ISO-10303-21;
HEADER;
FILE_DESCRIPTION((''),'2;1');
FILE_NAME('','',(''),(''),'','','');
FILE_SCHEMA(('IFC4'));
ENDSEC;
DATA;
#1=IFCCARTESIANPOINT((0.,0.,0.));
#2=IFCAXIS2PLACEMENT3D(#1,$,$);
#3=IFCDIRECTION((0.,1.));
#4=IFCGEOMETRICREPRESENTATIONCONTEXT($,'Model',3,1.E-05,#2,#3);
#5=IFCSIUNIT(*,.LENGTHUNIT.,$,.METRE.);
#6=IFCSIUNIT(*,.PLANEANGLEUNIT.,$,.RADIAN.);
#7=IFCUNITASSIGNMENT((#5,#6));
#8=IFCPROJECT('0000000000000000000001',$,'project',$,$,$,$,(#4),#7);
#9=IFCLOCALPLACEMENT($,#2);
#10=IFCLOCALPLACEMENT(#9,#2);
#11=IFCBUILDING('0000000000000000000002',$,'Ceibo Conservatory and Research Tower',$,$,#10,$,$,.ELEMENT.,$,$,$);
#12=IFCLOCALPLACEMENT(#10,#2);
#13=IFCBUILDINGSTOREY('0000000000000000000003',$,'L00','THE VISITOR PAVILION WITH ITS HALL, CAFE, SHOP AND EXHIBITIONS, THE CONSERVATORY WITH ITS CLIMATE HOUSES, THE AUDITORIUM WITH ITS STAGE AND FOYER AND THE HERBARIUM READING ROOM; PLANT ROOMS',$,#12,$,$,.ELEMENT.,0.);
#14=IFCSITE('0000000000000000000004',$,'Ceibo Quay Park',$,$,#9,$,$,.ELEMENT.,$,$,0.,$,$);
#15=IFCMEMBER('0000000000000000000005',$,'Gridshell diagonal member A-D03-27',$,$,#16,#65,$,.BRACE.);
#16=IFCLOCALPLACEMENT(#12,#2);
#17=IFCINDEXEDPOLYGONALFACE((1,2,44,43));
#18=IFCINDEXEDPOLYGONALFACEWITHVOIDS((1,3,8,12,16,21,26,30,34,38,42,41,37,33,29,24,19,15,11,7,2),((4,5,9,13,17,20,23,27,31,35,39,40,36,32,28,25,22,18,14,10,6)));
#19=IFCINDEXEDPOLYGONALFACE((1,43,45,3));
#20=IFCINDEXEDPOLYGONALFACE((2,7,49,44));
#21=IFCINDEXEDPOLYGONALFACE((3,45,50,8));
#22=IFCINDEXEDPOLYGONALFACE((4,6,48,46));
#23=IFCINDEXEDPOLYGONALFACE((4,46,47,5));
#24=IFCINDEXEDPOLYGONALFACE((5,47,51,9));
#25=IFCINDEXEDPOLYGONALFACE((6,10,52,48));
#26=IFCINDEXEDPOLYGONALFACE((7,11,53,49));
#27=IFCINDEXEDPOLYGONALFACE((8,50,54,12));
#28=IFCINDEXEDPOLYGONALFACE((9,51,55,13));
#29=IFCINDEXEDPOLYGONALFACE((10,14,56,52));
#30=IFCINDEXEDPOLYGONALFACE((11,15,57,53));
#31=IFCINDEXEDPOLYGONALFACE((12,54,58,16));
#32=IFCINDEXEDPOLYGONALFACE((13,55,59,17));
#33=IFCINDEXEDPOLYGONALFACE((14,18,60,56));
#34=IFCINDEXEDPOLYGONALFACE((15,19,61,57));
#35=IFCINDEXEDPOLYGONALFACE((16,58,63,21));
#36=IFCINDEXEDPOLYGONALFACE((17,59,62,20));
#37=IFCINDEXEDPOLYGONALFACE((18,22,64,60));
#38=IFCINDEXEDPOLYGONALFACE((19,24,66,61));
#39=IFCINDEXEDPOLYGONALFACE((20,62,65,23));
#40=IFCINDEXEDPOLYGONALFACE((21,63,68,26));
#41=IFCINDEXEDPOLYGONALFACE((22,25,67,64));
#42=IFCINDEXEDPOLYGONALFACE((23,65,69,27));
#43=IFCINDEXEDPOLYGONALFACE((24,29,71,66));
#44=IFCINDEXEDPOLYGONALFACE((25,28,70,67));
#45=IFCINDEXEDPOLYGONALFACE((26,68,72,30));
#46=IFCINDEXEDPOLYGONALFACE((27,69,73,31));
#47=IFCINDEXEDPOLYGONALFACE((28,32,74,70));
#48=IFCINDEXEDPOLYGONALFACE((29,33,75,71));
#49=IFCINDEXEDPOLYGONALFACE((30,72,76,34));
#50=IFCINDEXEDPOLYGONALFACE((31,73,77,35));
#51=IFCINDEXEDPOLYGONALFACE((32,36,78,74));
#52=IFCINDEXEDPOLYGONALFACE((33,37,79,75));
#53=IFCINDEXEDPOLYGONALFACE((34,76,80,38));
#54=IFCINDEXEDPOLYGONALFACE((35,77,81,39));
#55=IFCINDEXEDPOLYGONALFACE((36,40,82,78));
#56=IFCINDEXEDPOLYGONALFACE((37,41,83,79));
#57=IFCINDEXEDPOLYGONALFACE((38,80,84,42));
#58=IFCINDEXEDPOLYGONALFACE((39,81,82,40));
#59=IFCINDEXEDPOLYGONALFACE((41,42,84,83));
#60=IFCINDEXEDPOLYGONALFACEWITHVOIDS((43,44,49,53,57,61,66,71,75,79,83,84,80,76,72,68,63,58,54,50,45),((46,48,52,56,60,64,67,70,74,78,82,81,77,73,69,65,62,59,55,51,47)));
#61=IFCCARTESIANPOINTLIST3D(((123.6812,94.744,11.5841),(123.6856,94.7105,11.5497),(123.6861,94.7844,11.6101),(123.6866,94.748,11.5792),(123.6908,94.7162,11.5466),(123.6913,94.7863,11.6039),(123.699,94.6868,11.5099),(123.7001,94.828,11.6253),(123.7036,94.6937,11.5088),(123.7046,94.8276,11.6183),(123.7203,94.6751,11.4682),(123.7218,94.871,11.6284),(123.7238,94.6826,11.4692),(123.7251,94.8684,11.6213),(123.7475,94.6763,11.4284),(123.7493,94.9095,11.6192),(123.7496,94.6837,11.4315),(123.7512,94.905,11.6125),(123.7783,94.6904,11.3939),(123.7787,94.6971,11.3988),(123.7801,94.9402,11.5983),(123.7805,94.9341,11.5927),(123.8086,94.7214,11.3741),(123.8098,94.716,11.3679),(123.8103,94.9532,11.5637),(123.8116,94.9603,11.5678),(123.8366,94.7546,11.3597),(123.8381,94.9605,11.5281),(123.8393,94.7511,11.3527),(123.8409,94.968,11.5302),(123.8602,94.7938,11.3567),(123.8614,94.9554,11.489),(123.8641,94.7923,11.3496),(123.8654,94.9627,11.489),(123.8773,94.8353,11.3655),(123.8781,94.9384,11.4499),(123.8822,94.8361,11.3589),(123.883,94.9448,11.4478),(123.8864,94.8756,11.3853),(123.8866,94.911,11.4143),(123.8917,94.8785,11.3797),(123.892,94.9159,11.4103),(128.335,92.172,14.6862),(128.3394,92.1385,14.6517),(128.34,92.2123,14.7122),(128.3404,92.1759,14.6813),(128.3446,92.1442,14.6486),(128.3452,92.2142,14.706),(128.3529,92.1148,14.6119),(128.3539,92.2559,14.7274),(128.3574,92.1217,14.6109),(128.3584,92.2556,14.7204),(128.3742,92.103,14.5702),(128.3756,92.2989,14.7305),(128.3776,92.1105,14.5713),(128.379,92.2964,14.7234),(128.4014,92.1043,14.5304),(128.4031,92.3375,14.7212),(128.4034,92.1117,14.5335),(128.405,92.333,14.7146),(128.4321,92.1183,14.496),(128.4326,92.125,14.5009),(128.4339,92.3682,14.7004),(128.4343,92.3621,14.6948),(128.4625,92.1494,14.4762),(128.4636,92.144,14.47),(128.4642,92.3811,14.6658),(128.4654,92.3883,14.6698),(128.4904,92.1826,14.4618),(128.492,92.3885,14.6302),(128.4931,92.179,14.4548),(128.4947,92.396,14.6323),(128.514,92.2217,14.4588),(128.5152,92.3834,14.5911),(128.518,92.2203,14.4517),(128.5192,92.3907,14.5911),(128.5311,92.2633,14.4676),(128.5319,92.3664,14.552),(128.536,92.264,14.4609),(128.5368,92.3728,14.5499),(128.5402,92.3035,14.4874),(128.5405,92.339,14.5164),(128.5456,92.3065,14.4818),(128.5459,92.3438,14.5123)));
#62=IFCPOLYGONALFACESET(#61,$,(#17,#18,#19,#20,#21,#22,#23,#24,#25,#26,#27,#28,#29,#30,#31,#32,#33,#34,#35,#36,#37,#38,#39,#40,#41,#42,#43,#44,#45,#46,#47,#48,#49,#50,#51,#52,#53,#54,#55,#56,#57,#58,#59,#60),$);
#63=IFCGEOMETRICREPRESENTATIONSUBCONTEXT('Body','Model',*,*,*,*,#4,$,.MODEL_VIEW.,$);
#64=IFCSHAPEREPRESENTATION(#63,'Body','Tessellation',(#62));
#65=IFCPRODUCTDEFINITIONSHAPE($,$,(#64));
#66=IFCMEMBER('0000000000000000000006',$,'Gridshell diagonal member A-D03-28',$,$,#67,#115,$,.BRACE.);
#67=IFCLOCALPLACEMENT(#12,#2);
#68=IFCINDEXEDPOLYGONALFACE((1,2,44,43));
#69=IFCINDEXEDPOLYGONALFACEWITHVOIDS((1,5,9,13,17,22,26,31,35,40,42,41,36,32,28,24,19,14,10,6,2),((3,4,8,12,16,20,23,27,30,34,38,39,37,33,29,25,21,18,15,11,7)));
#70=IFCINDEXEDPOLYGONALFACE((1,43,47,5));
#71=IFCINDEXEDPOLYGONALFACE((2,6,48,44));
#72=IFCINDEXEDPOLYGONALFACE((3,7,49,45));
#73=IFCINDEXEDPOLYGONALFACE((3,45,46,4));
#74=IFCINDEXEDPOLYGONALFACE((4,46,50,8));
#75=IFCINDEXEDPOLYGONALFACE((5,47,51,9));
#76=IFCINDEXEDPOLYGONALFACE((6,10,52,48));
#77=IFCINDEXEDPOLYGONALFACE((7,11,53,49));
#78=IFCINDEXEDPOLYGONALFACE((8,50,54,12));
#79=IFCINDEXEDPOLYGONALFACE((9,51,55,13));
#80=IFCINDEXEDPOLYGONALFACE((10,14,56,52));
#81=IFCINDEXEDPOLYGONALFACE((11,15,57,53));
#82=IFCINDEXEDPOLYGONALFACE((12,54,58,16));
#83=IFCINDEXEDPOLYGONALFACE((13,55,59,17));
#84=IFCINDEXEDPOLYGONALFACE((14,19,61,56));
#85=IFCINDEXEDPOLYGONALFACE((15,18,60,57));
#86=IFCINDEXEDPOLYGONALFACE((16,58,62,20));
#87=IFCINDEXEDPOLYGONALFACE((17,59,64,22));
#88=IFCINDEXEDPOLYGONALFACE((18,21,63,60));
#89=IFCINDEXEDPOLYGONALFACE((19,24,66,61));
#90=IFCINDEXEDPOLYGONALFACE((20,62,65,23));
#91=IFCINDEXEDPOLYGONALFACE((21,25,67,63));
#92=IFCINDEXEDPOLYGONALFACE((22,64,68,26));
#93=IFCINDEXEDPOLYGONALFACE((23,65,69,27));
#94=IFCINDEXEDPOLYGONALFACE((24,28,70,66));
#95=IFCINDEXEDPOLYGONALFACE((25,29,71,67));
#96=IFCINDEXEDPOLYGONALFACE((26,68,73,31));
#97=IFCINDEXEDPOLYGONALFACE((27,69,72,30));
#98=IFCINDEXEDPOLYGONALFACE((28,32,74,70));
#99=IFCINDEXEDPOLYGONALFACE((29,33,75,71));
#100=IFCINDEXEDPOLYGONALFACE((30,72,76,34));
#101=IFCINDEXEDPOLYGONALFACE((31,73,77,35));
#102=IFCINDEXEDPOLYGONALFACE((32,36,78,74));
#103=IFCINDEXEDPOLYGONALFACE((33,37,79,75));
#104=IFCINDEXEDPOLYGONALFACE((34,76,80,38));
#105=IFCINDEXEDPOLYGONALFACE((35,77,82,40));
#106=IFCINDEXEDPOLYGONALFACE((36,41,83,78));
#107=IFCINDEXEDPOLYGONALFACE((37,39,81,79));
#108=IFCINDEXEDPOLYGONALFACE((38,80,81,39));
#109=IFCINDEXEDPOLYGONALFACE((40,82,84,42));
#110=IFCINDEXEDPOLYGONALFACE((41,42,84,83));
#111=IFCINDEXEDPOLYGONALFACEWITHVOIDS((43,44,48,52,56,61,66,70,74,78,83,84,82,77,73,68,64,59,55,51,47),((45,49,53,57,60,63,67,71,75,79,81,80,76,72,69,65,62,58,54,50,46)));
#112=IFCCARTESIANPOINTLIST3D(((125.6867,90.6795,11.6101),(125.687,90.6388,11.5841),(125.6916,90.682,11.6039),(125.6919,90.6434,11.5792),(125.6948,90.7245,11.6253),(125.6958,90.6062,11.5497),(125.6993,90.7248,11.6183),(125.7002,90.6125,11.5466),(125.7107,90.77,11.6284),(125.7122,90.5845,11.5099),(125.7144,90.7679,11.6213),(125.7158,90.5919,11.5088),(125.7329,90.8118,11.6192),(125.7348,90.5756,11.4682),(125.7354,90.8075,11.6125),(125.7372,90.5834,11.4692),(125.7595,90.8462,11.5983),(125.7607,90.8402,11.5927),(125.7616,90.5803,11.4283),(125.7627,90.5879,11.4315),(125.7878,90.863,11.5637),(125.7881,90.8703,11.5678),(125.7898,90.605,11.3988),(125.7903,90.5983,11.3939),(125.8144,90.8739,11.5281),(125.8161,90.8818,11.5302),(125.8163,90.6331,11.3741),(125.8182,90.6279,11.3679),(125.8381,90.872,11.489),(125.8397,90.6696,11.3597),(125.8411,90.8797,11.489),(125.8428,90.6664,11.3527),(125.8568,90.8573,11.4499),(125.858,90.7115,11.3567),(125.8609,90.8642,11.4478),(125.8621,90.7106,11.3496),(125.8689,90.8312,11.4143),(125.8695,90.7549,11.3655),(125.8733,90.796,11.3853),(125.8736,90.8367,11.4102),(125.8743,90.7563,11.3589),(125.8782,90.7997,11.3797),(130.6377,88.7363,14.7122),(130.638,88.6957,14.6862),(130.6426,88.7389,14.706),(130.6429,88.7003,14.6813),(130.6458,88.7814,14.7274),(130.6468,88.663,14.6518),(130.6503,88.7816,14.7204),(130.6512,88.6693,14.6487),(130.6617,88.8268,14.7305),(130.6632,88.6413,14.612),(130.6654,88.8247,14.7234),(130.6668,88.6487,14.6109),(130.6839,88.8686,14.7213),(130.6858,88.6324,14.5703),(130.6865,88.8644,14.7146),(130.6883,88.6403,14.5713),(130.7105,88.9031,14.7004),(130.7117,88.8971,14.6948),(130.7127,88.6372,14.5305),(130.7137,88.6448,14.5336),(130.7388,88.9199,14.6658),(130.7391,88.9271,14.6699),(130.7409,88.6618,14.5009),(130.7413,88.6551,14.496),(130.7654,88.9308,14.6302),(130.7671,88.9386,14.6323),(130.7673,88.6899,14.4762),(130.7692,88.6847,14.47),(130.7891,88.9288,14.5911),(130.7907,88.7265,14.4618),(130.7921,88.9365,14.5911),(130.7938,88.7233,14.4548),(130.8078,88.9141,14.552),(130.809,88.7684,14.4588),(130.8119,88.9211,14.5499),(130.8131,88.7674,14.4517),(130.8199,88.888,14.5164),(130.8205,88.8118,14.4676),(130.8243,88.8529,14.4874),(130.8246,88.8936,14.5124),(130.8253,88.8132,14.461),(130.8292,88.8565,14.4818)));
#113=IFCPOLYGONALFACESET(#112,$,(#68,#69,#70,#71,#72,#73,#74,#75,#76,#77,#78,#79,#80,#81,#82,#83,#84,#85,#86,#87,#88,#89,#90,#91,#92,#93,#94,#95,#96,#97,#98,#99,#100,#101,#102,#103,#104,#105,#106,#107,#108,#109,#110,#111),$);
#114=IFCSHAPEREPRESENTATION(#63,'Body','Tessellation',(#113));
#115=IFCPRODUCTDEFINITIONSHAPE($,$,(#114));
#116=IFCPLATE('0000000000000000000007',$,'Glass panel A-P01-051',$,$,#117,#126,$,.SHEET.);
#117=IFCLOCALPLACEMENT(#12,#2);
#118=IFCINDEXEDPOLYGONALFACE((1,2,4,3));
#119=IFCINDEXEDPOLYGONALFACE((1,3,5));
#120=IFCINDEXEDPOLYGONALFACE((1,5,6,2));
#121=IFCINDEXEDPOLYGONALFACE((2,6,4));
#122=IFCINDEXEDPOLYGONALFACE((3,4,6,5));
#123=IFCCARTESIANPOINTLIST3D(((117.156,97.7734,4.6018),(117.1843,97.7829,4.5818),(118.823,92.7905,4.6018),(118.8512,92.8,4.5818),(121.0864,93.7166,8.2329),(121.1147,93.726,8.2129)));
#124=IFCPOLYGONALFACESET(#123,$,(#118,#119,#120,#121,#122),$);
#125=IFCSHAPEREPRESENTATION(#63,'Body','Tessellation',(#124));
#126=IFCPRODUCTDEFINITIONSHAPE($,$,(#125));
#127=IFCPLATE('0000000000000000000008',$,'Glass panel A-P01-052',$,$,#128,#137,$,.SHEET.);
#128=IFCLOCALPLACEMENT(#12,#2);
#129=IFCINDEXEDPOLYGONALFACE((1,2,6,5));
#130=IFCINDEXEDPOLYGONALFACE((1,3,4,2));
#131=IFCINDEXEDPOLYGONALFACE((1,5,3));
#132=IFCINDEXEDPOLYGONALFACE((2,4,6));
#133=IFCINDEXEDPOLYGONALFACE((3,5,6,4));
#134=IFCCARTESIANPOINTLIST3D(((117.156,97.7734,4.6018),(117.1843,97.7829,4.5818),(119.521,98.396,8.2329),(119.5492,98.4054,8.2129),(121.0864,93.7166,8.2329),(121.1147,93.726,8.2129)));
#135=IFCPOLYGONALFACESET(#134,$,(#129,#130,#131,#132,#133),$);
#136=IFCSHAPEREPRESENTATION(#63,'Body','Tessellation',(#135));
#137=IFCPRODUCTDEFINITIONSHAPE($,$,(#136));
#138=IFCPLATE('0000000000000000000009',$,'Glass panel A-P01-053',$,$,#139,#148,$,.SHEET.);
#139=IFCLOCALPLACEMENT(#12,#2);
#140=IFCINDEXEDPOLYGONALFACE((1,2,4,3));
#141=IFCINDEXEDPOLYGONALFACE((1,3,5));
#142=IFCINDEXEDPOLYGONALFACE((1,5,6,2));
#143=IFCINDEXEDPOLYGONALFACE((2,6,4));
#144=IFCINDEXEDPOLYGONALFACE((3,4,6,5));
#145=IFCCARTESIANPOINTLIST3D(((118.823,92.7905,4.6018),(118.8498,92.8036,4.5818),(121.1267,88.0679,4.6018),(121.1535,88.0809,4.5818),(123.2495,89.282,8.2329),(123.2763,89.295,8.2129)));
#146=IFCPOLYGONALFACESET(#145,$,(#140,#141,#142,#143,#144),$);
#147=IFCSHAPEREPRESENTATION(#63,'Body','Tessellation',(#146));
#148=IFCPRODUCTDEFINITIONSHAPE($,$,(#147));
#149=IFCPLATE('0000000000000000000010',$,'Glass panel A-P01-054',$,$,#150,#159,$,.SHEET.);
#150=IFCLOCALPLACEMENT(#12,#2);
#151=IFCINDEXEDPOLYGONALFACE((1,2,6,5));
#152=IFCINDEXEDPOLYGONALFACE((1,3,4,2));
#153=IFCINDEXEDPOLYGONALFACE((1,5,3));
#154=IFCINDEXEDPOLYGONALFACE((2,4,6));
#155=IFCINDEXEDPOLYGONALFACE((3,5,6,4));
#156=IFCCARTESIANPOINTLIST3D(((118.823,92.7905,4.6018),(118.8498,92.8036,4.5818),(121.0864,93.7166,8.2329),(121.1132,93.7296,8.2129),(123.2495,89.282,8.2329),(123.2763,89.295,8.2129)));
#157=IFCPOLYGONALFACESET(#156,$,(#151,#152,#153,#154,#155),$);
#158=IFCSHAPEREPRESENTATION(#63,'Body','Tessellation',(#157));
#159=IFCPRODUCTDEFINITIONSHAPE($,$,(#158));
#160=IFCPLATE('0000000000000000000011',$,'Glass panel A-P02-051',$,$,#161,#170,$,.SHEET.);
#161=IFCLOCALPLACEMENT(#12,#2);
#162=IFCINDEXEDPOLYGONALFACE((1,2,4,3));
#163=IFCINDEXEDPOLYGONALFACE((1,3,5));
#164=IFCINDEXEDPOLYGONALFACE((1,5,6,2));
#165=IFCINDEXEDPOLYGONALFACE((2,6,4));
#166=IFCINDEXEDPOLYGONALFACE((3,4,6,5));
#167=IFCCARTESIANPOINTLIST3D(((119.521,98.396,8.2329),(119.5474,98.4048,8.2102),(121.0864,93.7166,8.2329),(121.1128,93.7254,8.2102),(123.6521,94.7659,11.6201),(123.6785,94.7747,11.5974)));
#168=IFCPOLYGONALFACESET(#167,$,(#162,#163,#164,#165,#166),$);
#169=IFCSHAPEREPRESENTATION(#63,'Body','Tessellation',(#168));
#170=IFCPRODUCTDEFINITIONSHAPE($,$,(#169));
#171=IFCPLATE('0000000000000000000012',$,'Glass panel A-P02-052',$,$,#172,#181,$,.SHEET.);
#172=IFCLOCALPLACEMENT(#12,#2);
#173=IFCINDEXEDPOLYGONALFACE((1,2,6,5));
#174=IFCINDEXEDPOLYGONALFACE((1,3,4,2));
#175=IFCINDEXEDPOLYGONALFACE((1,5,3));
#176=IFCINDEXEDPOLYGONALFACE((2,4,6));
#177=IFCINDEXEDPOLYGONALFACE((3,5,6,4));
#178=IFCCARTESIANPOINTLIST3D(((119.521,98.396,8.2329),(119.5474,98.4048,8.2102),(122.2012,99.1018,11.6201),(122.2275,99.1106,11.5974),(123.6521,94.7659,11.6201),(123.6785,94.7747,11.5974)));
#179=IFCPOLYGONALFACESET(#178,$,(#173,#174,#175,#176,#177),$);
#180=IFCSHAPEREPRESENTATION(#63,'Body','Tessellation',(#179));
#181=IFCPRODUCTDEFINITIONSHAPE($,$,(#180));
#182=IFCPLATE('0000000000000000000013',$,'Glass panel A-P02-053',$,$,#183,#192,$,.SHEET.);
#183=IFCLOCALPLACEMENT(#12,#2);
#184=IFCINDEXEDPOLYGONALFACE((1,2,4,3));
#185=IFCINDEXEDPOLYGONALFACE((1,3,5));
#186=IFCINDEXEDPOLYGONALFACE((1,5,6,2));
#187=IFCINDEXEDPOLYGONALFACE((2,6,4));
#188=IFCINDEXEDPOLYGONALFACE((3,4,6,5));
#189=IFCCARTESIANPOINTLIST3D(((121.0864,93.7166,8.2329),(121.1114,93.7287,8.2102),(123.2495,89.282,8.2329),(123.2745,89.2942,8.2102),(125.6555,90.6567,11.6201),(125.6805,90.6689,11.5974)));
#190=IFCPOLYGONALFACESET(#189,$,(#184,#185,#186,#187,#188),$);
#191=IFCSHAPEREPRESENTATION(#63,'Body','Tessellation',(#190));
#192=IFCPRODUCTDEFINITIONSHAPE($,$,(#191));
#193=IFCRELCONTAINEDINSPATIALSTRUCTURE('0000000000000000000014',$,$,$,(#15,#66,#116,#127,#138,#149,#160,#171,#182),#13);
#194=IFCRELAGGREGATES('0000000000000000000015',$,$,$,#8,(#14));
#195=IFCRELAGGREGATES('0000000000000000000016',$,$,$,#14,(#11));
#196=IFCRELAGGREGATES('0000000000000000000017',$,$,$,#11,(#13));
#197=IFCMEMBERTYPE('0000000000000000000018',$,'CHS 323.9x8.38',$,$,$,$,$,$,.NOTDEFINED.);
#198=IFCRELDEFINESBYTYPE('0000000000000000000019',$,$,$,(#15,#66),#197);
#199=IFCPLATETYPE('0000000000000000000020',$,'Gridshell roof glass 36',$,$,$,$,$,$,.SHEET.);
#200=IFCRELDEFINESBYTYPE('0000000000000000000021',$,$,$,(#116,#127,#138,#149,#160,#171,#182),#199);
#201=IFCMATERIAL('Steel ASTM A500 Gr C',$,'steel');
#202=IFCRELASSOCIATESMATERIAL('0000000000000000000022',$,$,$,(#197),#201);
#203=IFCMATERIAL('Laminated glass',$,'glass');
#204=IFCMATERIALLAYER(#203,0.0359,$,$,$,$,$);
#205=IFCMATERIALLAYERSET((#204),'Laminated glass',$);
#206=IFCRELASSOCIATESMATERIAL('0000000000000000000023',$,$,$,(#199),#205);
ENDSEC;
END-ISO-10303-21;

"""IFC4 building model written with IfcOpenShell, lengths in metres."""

from ifc_helpers import new_model, si_unit, direction, frame, origin, origin_2d, place, context, subcontext, project, spatial, polyline, hollow_circle, outline, extrude, material, layer, layer_set, material_profile, profile_set, type_object, element, save


model = new_model("IFC4")

# Units and contexts
model_context = context("Model", 3, precision=1e-05, world=origin(), true_north=direction((0.0, 1.0)))
body_context = subcontext(model_context, "Body", "Model", "MODEL_VIEW")
ifc_project = project(units=[si_unit("LENGTHUNIT", "METRE"), si_unit("PLANEANGLEUNIT", "RADIAN")], contexts=[model_context])

# Site, building, storey
site_placement = place(None, origin())
site = spatial("IfcSite", under=ifc_project, at=site_placement, Name="Ceibo Quay Park", CompositionType="ELEMENT", RefElevation=0.0)
building_placement = place(site_placement, origin())
building = spatial("IfcBuilding", under=site, at=building_placement, Name="Ceibo Conservatory and Research Tower", CompositionType="ELEMENT")
storey_placement = place(building_placement, origin())
storey = spatial("IfcBuildingStorey", under=building, at=storey_placement, Name="L00", Description="THE VISITOR PAVILION WITH ITS HALL, CAFE, SHOP AND EXHIBITIONS, THE CONSERVATORY WITH ITS CLIMATE HOUSES, THE AUDITORIUM WITH ITS STAGE AND FOYER AND THE HERBARIUM READING ROOM; PLANT ROOMS", CompositionType="ELEMENT", Elevation=0.0)

# Members
ifc_material_1 = material(Name="Steel ASTM A500 Gr C", Category="steel")
ifc_material_profile_1 = material_profile(ifc_material_1, hollow_circle(Radius=0.1619, WallThickness=0.0083, at=origin_2d()), Name="CHS 323.9x8.38")
ifc_profile_set_1 = profile_set([ifc_material_profile_1], Name="Steel ASTM A500 Gr C")
member_type_1 = type_object("IfcMemberType", Name="CHS 323.9x8.38", PredefinedType="NOTDEFINED", material=ifc_profile_set_1)
member_1_placement = place(storey_placement, frame((123.7871, 94.821, 11.489), z_axis=(0.755983, -0.417809, 0.503909), x_axis=(0.483712, 0.875227, 0.0)))
element("IfcMember", 1, at=member_1_placement, inside=storey, type_object=member_type_1, Name="Gridshell diagonal member A-D03-27", PredefinedType="BRACE", context=body_context, shape_type="SweptSolid", body=[
    extrude(hollow_circle(Radius=0.1619, WallThickness=0.0083, at=origin_2d()), origin(), (0.0, 0.0, 1.0), 6.156),
])
member_2_placement = place(storey_placement, frame((125.782, 90.729, 11.489), z_axis=(0.804098, -0.315588, 0.503815), x_axis=(0.365344, 0.930873, 0.0)))
element("IfcMember", 2, at=member_2_placement, inside=storey, type_object=member_type_1, Name="Gridshell diagonal member A-D03-28", PredefinedType="BRACE", context=body_context, shape_type="SweptSolid", body=[
    extrude(hollow_circle(Radius=0.1619, WallThickness=0.0083, at=origin_2d()), origin(), (0.0, 0.0, 1.0), 6.1572),
])

# Plates
ifc_material_2 = material(Name="Laminated glass", Category="glass")
ifc_layer = layer(ifc_material_2, 0.0359)
ifc_layer_set = layer_set([ifc_layer], Name="Laminated glass")
plate_type = type_object("IfcPlateType", Name="Gridshell roof glass 36", PredefinedType="SHEET", material=ifc_layer_set)
plate_1_placement = place(storey_placement, frame((117.156, 97.7734, 4.6018), z_axis=(-0.787104, -0.263319, 0.55779), x_axis=(0.317259, -0.948339, 0.0)))
element("IfcPlate", 3, at=plate_1_placement, inside=storey, type_object=plate_type, Name="Glass panel A-P01-051", PredefinedType="SHEET", context=body_context, shape_type="SweptSolid", body=[
    extrude(outline(polyline([(0.0, 0.0), (5.2544, 0.0), (5.0943, 4.3749), (0.0, 0.0)])), origin(), (0.0, 0.0, -1.0), 0.0359),
])
plate_2_placement = place(storey_placement, frame((117.156, 97.7734, 4.6018), z_axis=(-0.787102, -0.263312, 0.557796), x_axis=(0.585318, -0.604151, 0.540744)))
element("IfcPlate", 4, at=plate_2_placement, inside=storey, type_object=plate_type, Name="Glass panel A-P01-052", PredefinedType="SHEET", context=body_context, shape_type="SweptSolid", body=[
    extrude(outline(polyline([(0.0, 0.0), (6.715, 0.0), (2.9716, 3.2148), (0.0, 0.0)])), origin(), (0.0, 0.0, -1.0), 0.0359),
])
plate_3_placement = place(storey_placement, frame((118.823, 92.7905, 4.6018), z_axis=(-0.745971, -0.363885, 0.557777), x_axis=(0.43842, -0.89877, 0.0)))
element("IfcPlate", 5, at=plate_3_placement, inside=storey, type_object=plate_type, Name="Glass panel A-P01-053", PredefinedType="SHEET", context=body_context, shape_type="SweptSolid", body=[
    extrude(outline(polyline([(0.0, 0.0), (5.2546, 0.0), (5.094, 4.3749), (0.0, 0.0)])), origin(), (0.0, 0.0, -1.0), 0.0359),
])
plate_4_placement = place(storey_placement, frame((118.823, 92.7905, 4.6018), z_axis=(-0.745969, -0.363867, 0.557791), x_axis=(0.659215, -0.522508, 0.54076)))
element("IfcPlate", 6, at=plate_4_placement, inside=storey, type_object=plate_type, Name="Glass panel A-P01-054", PredefinedType="SHEET", context=body_context, shape_type="SweptSolid", body=[
    extrude(outline(polyline([(0.0, 0.0), (6.7148, 0.0), (2.9718, 3.2147), (0.0, 0.0)])), origin(), (0.0, 0.0, -1.0), 0.0359),
])
plate_5_placement = place(storey_placement, frame((119.521, 98.396, 8.2329), z_axis=(-0.734541, -0.245728, 0.632509), x_axis=(0.317252, -0.948341, 0.0)))
element("IfcPlate", 7, at=plate_5_placement, inside=storey, type_object=plate_type, Name="Glass panel A-P02-051", PredefinedType="SHEET", context=body_context, shape_type="SweptSolid", body=[
    extrude(outline(polyline([(0.0, 0.0), (4.9343, 0.0), (4.7532, 4.3731), (0.0, 0.0)])), origin(), (0.0, 0.0, -1.0), 0.0359),
])
plate_6_placement = place(storey_placement, frame((119.521, 98.396, 8.2329), z_axis=(-0.734563, -0.245806, 0.632453), x_axis=(0.639602, -0.562037, 0.524427)))
element("IfcPlate", 8, at=plate_6_placement, inside=storey, type_object=plate_type, Name="Glass panel A-P02-052", PredefinedType="SHEET", context=body_context, shape_type="SweptSolid", body=[
    extrude(outline(polyline([(0.0, 0.0), (6.4589, 0.0), (3.0939, 3.0956), (0.0, 0.0)])), origin(), (0.0, 0.0, -1.0), 0.0359),
])
plate_7_placement = place(storey_placement, frame((121.0864, 93.7166, 8.2329), z_axis=(-0.696239, -0.33961, 0.63239), x_axis=(0.438404, -0.898778, 0.0)))
element("IfcPlate", 9, at=plate_7_placement, inside=storey, type_object=plate_type, Name="Glass panel A-P02-053", PredefinedType="SHEET", context=body_context, shape_type="SweptSolid", body=[
    extrude(outline(polyline([(0.0, 0.0), (4.934, 0.0), (4.7532, 4.3726), (0.0, 0.0)])), origin(), (0.0, 0.0, -1.0), 0.0359),
])

save(model, "model.ifc")
